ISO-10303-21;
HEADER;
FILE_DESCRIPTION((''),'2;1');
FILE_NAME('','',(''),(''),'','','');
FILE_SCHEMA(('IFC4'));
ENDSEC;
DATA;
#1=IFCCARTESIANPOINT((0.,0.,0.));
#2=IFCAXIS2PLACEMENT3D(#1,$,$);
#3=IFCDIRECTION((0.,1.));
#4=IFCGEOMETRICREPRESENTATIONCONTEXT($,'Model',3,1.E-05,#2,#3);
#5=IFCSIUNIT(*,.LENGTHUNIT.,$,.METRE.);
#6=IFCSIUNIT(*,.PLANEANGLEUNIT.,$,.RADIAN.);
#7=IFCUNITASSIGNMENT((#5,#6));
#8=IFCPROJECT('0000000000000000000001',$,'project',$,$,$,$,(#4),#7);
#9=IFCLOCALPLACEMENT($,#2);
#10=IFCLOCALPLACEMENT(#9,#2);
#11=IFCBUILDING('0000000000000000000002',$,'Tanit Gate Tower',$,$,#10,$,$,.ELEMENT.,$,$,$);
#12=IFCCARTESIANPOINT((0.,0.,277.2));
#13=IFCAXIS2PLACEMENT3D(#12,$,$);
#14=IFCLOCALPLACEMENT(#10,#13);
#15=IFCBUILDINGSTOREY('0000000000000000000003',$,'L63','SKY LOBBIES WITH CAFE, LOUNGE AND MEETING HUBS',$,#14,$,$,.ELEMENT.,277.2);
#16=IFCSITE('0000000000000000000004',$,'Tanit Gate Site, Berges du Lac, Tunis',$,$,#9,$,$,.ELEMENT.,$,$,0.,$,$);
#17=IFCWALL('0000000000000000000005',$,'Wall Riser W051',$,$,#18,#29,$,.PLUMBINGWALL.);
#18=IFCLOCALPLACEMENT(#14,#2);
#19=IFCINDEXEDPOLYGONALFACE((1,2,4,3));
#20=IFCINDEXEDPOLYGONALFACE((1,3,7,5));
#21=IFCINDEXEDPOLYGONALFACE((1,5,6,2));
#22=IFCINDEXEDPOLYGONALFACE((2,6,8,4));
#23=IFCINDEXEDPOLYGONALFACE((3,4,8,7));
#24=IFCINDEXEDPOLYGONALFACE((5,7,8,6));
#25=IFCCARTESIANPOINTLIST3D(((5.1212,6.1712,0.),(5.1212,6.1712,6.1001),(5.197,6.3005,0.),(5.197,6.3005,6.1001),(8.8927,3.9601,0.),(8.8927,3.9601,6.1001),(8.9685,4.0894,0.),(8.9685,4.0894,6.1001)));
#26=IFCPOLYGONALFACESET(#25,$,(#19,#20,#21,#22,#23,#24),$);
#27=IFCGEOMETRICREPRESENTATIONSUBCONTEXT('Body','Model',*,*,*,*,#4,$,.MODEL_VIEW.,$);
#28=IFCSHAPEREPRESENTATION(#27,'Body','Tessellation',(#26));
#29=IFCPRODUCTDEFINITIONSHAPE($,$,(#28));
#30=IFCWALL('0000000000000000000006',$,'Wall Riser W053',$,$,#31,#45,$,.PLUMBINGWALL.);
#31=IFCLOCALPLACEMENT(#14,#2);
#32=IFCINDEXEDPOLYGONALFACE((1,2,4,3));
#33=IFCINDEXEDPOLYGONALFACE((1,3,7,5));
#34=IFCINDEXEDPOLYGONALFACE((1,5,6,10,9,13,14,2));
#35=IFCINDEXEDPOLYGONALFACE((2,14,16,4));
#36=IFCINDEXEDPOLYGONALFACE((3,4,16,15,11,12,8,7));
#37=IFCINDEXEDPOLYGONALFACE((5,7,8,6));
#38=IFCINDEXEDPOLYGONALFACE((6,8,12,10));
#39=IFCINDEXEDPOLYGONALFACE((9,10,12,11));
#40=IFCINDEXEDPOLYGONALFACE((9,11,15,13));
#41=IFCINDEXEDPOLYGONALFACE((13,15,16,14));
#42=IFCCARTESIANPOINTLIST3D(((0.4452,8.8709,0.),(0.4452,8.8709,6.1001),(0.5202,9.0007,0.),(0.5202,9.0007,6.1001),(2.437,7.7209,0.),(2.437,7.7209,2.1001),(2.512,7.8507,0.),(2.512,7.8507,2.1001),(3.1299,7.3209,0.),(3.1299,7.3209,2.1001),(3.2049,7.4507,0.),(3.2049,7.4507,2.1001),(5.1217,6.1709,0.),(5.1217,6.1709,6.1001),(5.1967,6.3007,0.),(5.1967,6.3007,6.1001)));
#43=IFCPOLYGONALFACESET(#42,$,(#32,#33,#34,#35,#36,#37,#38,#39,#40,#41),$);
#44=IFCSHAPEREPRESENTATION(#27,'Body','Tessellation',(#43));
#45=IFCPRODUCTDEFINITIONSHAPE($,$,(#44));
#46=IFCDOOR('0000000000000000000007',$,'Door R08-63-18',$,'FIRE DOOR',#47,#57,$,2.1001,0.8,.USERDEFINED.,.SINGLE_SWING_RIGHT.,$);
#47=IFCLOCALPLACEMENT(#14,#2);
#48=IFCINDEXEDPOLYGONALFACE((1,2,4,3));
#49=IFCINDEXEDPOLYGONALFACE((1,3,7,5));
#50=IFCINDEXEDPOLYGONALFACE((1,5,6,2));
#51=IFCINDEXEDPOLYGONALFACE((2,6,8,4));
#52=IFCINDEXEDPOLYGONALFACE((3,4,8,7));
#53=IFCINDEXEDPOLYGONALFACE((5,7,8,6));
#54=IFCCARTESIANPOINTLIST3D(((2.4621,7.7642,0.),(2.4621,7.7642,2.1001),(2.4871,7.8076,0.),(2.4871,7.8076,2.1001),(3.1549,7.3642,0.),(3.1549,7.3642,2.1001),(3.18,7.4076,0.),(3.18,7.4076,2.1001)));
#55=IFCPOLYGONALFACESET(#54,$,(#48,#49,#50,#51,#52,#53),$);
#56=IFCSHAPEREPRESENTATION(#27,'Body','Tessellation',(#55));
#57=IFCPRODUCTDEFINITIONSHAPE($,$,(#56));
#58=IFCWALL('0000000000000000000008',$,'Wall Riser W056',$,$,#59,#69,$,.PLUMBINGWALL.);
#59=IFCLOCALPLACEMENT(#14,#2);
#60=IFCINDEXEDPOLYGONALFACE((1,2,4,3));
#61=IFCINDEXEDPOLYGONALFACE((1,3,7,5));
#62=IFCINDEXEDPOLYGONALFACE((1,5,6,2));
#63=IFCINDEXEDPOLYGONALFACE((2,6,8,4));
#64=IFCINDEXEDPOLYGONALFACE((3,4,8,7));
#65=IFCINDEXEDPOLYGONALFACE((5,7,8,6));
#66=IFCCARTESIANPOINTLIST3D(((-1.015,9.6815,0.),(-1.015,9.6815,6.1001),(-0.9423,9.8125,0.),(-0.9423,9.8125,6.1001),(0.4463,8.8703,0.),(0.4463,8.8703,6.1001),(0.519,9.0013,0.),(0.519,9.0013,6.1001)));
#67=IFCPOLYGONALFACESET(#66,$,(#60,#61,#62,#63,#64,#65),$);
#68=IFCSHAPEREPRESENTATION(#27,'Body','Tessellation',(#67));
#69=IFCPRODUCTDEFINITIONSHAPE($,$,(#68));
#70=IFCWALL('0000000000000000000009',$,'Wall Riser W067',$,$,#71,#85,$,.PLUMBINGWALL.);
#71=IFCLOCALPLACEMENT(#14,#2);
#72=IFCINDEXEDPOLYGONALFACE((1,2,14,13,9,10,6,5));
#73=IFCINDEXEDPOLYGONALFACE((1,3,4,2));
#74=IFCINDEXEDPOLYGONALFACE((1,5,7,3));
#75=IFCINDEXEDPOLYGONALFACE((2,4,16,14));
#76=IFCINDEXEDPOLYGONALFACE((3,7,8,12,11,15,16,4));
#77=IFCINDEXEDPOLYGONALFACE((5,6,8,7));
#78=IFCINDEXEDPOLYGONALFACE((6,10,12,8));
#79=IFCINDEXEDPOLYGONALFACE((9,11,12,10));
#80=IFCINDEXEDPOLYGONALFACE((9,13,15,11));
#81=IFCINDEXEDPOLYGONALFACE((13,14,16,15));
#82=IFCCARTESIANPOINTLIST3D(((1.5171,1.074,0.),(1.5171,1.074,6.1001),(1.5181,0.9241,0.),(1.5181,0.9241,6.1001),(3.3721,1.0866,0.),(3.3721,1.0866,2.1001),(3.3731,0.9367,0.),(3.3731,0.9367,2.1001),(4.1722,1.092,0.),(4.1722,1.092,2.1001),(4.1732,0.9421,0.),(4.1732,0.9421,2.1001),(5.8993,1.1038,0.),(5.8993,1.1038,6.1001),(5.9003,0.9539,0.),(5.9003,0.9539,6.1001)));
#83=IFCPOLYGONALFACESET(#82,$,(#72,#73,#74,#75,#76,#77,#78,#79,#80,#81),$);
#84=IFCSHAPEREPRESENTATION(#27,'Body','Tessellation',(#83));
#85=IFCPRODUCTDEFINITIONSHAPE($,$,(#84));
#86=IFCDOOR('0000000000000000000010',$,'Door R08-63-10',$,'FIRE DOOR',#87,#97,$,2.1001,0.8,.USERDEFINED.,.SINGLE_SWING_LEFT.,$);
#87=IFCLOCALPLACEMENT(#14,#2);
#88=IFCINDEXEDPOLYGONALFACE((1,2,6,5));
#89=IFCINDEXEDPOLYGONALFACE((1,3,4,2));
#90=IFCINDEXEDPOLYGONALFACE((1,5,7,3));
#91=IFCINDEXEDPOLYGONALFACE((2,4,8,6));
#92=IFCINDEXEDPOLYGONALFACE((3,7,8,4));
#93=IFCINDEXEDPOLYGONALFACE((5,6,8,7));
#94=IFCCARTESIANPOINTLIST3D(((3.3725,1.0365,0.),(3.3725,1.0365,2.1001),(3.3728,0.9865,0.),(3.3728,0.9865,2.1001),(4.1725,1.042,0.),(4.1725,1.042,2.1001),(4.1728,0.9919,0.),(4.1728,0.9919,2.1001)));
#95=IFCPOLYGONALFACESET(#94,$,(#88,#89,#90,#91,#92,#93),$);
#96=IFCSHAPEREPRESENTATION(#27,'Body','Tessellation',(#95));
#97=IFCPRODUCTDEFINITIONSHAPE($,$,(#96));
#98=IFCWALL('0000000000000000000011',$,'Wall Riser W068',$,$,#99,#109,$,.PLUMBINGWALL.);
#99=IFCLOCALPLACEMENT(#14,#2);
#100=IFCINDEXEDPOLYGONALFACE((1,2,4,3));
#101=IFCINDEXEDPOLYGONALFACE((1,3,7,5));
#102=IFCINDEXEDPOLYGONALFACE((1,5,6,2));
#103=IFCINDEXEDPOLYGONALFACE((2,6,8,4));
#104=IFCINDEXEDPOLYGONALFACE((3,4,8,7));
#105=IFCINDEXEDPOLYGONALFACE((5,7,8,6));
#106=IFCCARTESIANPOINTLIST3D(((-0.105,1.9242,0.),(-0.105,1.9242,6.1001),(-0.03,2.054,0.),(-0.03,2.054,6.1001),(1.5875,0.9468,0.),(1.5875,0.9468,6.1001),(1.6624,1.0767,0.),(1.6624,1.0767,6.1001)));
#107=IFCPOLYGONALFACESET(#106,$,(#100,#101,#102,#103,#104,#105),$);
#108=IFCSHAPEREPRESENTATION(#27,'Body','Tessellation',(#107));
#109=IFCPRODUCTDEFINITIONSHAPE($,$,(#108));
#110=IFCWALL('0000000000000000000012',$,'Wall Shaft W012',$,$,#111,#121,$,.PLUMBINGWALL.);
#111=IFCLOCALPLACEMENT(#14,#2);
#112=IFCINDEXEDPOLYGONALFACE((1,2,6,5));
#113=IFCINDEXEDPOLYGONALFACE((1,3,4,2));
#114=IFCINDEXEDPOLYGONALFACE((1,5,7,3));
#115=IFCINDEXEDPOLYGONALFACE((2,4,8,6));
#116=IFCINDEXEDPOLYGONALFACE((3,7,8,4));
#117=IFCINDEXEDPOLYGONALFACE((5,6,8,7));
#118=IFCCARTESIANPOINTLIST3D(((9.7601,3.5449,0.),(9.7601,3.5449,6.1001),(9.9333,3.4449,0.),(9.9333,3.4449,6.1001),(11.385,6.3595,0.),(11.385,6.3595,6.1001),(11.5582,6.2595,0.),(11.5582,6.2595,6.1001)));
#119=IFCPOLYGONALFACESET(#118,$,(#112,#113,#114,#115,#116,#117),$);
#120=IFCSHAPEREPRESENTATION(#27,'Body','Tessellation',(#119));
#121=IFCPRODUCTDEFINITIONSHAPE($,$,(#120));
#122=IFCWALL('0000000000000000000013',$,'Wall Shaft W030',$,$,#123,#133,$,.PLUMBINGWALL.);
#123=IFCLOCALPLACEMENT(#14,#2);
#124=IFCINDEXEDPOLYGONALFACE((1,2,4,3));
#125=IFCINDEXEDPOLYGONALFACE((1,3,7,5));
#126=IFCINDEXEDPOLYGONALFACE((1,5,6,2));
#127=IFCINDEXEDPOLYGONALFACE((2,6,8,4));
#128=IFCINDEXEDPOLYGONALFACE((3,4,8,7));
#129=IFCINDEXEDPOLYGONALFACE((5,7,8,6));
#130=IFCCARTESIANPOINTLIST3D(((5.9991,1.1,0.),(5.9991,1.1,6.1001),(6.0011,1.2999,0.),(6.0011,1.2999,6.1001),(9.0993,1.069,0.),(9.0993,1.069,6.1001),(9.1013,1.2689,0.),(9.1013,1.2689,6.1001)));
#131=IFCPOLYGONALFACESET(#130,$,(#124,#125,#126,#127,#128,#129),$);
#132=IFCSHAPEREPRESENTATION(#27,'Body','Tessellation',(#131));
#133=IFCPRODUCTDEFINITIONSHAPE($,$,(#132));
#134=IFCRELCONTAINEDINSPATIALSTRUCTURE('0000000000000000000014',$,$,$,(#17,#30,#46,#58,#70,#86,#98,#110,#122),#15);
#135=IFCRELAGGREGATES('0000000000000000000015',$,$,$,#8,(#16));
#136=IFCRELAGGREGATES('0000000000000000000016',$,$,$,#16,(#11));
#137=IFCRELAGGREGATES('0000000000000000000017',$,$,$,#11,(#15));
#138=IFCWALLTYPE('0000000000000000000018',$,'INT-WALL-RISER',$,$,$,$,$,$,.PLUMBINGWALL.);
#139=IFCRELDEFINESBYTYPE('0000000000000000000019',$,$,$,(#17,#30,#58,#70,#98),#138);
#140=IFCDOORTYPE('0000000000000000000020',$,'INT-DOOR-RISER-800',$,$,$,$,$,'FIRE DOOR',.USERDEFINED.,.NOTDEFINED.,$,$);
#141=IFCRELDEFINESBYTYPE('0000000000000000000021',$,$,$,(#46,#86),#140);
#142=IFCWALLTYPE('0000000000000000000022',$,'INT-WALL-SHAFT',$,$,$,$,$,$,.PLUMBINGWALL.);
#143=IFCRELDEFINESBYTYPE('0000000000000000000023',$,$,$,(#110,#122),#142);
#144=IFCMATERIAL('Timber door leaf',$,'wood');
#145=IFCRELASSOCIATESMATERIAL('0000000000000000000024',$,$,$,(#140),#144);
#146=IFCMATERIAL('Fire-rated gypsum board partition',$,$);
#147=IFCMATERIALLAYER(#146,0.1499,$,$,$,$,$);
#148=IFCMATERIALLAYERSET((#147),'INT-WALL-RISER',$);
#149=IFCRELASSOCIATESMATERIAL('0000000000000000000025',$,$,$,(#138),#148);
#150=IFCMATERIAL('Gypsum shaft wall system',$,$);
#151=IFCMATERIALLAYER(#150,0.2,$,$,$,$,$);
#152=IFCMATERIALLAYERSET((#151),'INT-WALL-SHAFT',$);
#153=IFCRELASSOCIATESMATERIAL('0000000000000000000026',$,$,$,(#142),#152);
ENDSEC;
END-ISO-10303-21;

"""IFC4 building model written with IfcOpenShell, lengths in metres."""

from ifc_helpers import new_model, si_unit, direction, frame, frame_2d, origin, place, context, subcontext, project, spatial, rectangle, extrude, material, layer, layer_set, type_object, element, fill, save


model = new_model("IFC4")

# Units and contexts
model_context = context("Model", 3, precision=1e-05, world=origin(), true_north=direction((0.0, 1.0)))
body_context = subcontext(model_context, "Body", "Model", "MODEL_VIEW")
ifc_project = project(units=[si_unit("LENGTHUNIT", "METRE"), si_unit("PLANEANGLEUNIT", "RADIAN")], contexts=[model_context])

# Site, building, storey
site_placement = place(None, origin())
site = spatial("IfcSite", under=ifc_project, at=site_placement, Name="Tanit Gate Site, Berges du Lac, Tunis", CompositionType="ELEMENT", RefElevation=0.0)
building_placement = place(site_placement, origin())
building = spatial("IfcBuilding", under=site, at=building_placement, Name="Tanit Gate Tower", CompositionType="ELEMENT")
storey_placement = place(building_placement, frame((0.0, 0.0, 277.2)))
storey = spatial("IfcBuildingStorey", under=building, at=storey_placement, Name="L63", Description="SKY LOBBIES WITH CAFE, LOUNGE AND MEETING HUBS", CompositionType="ELEMENT", Elevation=277.2)

# Shared definitions
ifc_material_1 = material(Name="Timber door leaf", Category="wood")
door_type_1 = type_object("IfcDoorType", Name="INT-DOOR-RISER-800", ElementType="FIRE DOOR", OperationType="NOTDEFINED", PredefinedType="USERDEFINED", material=ifc_material_1)

# Wall
ifc_material_2 = material(Name="Fire-rated gypsum board partition")
ifc_layer_1 = layer(ifc_material_2, 0.1499)
ifc_layer_set_1 = layer_set([ifc_layer_1], Name="INT-WALL-RISER")
wall_type_1 = type_object("IfcWallType", Name="INT-WALL-RISER", PredefinedType="PLUMBINGWALL", material=ifc_layer_set_1)
wall_1_placement = place(storey_placement, frame((8.9307, 4.0247, 0.0), z_axis=(0.0, 0.0, 1.0), x_axis=(-0.862667, 0.505773, 0.0)))
element("IfcWall", 1, at=wall_1_placement, inside=storey, type_object=wall_type_1, Name="Wall Riser W051", PredefinedType="PLUMBINGWALL", context=body_context, shape_type="SweptSolid", body=[
    extrude(rectangle(XDim=4.3718, YDim=0.1499, at=frame_2d((2.186, 0.0))), origin(), (0.0, 0.0, 1.0), 6.1001),
])

# Wall, opening, door
wall_2_placement = place(storey_placement, frame((5.1592, 6.2358, 0.0), z_axis=(0.0, 0.0, 1.0), x_axis=(-0.866028, 0.499995, 0.0)))
wall_2 = element("IfcWall", 2, at=wall_2_placement, inside=storey, type_object=wall_type_1, Name="Wall Riser W053", PredefinedType="PLUMBINGWALL", context=body_context, shape_type="SweptSolid", body=[
    extrude(rectangle(XDim=5.3999, YDim=0.1499, at=frame_2d((2.7, 0.0))), origin(), (0.0, 0.0, 1.0), 6.1001),
])
opening_1_placement = place(wall_2_placement, frame((2.3, 0.0, 0.0)))
opening_1 = element("IfcOpeningElement", 3, at=opening_1_placement, cuts=wall_2, PredefinedType="OPENING", context=body_context, shape_type="SweptSolid", body=[
    extrude(rectangle(XDim=0.8, YDim=2.1001, at=frame_2d((0.3999, 1.05))), frame((0.0, 0.085, 0.0), z_axis=(0.0, -1.0, 0.0), x_axis=(1.0, 0.0, 0.0)), (0.0, 0.0, 1.0), 0.1699),
])
door_1_placement = place(opening_1_placement, origin())
door_1 = element("IfcDoor", 4, at=door_1_placement, inside=storey, type_object=door_type_1, Name="Door R08-63-18", ObjectType="FIRE DOOR", OperationType="SINGLE_SWING_RIGHT", OverallHeight=2.1001, OverallWidth=0.8, PredefinedType="USERDEFINED", context=body_context, shape_type="SweptSolid", body=[
    extrude(rectangle(XDim=0.8, YDim=2.1001, at=frame_2d((0.3999, 1.05))), frame((0.0, 0.0249, 0.0), z_axis=(0.0, -1.0, 0.0), x_axis=(1.0, 0.0, 0.0)), (0.0, 0.0, 1.0), 0.05),
])
fill(opening_1, door_1)

# Wall
wall_3_placement = place(storey_placement, frame((0.4827, 8.9358, 0.0), z_axis=(0.0, 0.0, 1.0), x_axis=(-0.874316, 0.485358, 0.0)))
element("IfcWall", 5, at=wall_3_placement, inside=storey, type_object=wall_type_1, Name="Wall Riser W056", PredefinedType="PLUMBINGWALL", context=body_context, shape_type="SweptSolid", body=[
    extrude(rectangle(XDim=1.6714, YDim=0.1499, at=frame_2d((0.8357, 0.0))), origin(), (0.0, 0.0, 1.0), 6.1001),
])

# Wall, opening, door
wall_4_placement = place(storey_placement, frame((1.5176, 0.999, 0.0), z_axis=(0.0, 0.0, 1.0), x_axis=(0.999977, 0.006797, 0.0)))
wall_4 = element("IfcWall", 6, at=wall_4_placement, inside=storey, type_object=wall_type_1, Name="Wall Riser W067", PredefinedType="PLUMBINGWALL", context=body_context, shape_type="SweptSolid", body=[
    extrude(rectangle(XDim=4.3823, YDim=0.1499, at=frame_2d((2.1912, 0.0))), origin(), (0.0, 0.0, 1.0), 6.1001),
])
opening_2_placement = place(wall_4_placement, frame((1.8552, 0.0, 0.0)))
opening_2 = element("IfcOpeningElement", 7, at=opening_2_placement, cuts=wall_4, PredefinedType="OPENING", context=body_context, shape_type="SweptSolid", body=[
    extrude(rectangle(XDim=0.8, YDim=2.1001, at=frame_2d((0.3999, 1.05))), frame((0.0, 0.085, 0.0), z_axis=(0.0, -1.0, 0.0), x_axis=(1.0, 0.0, 0.0)), (0.0, 0.0, 1.0), 0.1699),
])
door_2_placement = place(opening_2_placement, origin())
door_2 = element("IfcDoor", 8, at=door_2_placement, inside=storey, type_object=door_type_1, Name="Door R08-63-10", ObjectType="FIRE DOOR", OperationType="SINGLE_SWING_LEFT", OverallHeight=2.1001, OverallWidth=0.8, PredefinedType="USERDEFINED", context=body_context, shape_type="SweptSolid", body=[
    extrude(rectangle(XDim=0.8, YDim=2.1001, at=frame_2d((0.3999, 1.05))), frame((0.0, 0.0249, 0.0), z_axis=(0.0, -1.0, 0.0), x_axis=(1.0, 0.0, 0.0)), (0.0, 0.0, 1.0), 0.05),
])
fill(opening_2, door_2)

# Walls
wall_5_placement = place(storey_placement, frame((-0.0674, 1.989, 0.0), z_axis=(0.0, 0.0, 1.0), x_axis=(0.865982, -0.500076, 0.0)))
element("IfcWall", 9, at=wall_5_placement, inside=storey, type_object=wall_type_1, Name="Wall Riser W068", PredefinedType="PLUMBINGWALL", context=body_context, shape_type="SweptSolid", body=[
    extrude(rectangle(XDim=1.9543, YDim=0.1499, at=frame_2d((0.9771, 0.0))), origin(), (0.0, 0.0, 1.0), 6.1001),
])
ifc_material_3 = material(Name="Gypsum shaft wall system")
ifc_layer_2 = layer(ifc_material_3, 0.2)
ifc_layer_set_2 = layer_set([ifc_layer_2], Name="INT-WALL-SHAFT")
wall_type_2 = type_object("IfcWallType", Name="INT-WALL-SHAFT", PredefinedType="PLUMBINGWALL", material=ifc_layer_set_2)
wall_6_placement = place(storey_placement, frame((9.8467, 3.4949, 0.0), z_axis=(0.0, 0.0, 1.0), x_axis=(0.499985, 0.866034, 0.0)))
element("IfcWall", 10, at=wall_6_placement, inside=storey, type_object=wall_type_2, Name="Wall Shaft W012", PredefinedType="PLUMBINGWALL", context=body_context, shape_type="SweptSolid", body=[
    extrude(rectangle(XDim=3.25, YDim=0.2, at=frame_2d((1.625, 0.0))), origin(), (0.0, 0.0, 1.0), 6.1001),
])

# Wall
wall_7_placement = place(storey_placement, frame((6.0, 1.2, 0.0), z_axis=(0.0, 0.0, 1.0), x_axis=(0.99995, -0.010001, 0.0)))
element("IfcWall", 11, at=wall_7_placement, inside=storey, type_object=wall_type_2, Name="Wall Shaft W030", PredefinedType="PLUMBINGWALL", context=body_context, shape_type="SweptSolid", body=[
    extrude(rectangle(XDim=3.1003, YDim=0.2, at=frame_2d((1.5503, 0.0))), origin(), (0.0, 0.0, 1.0), 6.1001),
])

save(model, "model.ifc")
